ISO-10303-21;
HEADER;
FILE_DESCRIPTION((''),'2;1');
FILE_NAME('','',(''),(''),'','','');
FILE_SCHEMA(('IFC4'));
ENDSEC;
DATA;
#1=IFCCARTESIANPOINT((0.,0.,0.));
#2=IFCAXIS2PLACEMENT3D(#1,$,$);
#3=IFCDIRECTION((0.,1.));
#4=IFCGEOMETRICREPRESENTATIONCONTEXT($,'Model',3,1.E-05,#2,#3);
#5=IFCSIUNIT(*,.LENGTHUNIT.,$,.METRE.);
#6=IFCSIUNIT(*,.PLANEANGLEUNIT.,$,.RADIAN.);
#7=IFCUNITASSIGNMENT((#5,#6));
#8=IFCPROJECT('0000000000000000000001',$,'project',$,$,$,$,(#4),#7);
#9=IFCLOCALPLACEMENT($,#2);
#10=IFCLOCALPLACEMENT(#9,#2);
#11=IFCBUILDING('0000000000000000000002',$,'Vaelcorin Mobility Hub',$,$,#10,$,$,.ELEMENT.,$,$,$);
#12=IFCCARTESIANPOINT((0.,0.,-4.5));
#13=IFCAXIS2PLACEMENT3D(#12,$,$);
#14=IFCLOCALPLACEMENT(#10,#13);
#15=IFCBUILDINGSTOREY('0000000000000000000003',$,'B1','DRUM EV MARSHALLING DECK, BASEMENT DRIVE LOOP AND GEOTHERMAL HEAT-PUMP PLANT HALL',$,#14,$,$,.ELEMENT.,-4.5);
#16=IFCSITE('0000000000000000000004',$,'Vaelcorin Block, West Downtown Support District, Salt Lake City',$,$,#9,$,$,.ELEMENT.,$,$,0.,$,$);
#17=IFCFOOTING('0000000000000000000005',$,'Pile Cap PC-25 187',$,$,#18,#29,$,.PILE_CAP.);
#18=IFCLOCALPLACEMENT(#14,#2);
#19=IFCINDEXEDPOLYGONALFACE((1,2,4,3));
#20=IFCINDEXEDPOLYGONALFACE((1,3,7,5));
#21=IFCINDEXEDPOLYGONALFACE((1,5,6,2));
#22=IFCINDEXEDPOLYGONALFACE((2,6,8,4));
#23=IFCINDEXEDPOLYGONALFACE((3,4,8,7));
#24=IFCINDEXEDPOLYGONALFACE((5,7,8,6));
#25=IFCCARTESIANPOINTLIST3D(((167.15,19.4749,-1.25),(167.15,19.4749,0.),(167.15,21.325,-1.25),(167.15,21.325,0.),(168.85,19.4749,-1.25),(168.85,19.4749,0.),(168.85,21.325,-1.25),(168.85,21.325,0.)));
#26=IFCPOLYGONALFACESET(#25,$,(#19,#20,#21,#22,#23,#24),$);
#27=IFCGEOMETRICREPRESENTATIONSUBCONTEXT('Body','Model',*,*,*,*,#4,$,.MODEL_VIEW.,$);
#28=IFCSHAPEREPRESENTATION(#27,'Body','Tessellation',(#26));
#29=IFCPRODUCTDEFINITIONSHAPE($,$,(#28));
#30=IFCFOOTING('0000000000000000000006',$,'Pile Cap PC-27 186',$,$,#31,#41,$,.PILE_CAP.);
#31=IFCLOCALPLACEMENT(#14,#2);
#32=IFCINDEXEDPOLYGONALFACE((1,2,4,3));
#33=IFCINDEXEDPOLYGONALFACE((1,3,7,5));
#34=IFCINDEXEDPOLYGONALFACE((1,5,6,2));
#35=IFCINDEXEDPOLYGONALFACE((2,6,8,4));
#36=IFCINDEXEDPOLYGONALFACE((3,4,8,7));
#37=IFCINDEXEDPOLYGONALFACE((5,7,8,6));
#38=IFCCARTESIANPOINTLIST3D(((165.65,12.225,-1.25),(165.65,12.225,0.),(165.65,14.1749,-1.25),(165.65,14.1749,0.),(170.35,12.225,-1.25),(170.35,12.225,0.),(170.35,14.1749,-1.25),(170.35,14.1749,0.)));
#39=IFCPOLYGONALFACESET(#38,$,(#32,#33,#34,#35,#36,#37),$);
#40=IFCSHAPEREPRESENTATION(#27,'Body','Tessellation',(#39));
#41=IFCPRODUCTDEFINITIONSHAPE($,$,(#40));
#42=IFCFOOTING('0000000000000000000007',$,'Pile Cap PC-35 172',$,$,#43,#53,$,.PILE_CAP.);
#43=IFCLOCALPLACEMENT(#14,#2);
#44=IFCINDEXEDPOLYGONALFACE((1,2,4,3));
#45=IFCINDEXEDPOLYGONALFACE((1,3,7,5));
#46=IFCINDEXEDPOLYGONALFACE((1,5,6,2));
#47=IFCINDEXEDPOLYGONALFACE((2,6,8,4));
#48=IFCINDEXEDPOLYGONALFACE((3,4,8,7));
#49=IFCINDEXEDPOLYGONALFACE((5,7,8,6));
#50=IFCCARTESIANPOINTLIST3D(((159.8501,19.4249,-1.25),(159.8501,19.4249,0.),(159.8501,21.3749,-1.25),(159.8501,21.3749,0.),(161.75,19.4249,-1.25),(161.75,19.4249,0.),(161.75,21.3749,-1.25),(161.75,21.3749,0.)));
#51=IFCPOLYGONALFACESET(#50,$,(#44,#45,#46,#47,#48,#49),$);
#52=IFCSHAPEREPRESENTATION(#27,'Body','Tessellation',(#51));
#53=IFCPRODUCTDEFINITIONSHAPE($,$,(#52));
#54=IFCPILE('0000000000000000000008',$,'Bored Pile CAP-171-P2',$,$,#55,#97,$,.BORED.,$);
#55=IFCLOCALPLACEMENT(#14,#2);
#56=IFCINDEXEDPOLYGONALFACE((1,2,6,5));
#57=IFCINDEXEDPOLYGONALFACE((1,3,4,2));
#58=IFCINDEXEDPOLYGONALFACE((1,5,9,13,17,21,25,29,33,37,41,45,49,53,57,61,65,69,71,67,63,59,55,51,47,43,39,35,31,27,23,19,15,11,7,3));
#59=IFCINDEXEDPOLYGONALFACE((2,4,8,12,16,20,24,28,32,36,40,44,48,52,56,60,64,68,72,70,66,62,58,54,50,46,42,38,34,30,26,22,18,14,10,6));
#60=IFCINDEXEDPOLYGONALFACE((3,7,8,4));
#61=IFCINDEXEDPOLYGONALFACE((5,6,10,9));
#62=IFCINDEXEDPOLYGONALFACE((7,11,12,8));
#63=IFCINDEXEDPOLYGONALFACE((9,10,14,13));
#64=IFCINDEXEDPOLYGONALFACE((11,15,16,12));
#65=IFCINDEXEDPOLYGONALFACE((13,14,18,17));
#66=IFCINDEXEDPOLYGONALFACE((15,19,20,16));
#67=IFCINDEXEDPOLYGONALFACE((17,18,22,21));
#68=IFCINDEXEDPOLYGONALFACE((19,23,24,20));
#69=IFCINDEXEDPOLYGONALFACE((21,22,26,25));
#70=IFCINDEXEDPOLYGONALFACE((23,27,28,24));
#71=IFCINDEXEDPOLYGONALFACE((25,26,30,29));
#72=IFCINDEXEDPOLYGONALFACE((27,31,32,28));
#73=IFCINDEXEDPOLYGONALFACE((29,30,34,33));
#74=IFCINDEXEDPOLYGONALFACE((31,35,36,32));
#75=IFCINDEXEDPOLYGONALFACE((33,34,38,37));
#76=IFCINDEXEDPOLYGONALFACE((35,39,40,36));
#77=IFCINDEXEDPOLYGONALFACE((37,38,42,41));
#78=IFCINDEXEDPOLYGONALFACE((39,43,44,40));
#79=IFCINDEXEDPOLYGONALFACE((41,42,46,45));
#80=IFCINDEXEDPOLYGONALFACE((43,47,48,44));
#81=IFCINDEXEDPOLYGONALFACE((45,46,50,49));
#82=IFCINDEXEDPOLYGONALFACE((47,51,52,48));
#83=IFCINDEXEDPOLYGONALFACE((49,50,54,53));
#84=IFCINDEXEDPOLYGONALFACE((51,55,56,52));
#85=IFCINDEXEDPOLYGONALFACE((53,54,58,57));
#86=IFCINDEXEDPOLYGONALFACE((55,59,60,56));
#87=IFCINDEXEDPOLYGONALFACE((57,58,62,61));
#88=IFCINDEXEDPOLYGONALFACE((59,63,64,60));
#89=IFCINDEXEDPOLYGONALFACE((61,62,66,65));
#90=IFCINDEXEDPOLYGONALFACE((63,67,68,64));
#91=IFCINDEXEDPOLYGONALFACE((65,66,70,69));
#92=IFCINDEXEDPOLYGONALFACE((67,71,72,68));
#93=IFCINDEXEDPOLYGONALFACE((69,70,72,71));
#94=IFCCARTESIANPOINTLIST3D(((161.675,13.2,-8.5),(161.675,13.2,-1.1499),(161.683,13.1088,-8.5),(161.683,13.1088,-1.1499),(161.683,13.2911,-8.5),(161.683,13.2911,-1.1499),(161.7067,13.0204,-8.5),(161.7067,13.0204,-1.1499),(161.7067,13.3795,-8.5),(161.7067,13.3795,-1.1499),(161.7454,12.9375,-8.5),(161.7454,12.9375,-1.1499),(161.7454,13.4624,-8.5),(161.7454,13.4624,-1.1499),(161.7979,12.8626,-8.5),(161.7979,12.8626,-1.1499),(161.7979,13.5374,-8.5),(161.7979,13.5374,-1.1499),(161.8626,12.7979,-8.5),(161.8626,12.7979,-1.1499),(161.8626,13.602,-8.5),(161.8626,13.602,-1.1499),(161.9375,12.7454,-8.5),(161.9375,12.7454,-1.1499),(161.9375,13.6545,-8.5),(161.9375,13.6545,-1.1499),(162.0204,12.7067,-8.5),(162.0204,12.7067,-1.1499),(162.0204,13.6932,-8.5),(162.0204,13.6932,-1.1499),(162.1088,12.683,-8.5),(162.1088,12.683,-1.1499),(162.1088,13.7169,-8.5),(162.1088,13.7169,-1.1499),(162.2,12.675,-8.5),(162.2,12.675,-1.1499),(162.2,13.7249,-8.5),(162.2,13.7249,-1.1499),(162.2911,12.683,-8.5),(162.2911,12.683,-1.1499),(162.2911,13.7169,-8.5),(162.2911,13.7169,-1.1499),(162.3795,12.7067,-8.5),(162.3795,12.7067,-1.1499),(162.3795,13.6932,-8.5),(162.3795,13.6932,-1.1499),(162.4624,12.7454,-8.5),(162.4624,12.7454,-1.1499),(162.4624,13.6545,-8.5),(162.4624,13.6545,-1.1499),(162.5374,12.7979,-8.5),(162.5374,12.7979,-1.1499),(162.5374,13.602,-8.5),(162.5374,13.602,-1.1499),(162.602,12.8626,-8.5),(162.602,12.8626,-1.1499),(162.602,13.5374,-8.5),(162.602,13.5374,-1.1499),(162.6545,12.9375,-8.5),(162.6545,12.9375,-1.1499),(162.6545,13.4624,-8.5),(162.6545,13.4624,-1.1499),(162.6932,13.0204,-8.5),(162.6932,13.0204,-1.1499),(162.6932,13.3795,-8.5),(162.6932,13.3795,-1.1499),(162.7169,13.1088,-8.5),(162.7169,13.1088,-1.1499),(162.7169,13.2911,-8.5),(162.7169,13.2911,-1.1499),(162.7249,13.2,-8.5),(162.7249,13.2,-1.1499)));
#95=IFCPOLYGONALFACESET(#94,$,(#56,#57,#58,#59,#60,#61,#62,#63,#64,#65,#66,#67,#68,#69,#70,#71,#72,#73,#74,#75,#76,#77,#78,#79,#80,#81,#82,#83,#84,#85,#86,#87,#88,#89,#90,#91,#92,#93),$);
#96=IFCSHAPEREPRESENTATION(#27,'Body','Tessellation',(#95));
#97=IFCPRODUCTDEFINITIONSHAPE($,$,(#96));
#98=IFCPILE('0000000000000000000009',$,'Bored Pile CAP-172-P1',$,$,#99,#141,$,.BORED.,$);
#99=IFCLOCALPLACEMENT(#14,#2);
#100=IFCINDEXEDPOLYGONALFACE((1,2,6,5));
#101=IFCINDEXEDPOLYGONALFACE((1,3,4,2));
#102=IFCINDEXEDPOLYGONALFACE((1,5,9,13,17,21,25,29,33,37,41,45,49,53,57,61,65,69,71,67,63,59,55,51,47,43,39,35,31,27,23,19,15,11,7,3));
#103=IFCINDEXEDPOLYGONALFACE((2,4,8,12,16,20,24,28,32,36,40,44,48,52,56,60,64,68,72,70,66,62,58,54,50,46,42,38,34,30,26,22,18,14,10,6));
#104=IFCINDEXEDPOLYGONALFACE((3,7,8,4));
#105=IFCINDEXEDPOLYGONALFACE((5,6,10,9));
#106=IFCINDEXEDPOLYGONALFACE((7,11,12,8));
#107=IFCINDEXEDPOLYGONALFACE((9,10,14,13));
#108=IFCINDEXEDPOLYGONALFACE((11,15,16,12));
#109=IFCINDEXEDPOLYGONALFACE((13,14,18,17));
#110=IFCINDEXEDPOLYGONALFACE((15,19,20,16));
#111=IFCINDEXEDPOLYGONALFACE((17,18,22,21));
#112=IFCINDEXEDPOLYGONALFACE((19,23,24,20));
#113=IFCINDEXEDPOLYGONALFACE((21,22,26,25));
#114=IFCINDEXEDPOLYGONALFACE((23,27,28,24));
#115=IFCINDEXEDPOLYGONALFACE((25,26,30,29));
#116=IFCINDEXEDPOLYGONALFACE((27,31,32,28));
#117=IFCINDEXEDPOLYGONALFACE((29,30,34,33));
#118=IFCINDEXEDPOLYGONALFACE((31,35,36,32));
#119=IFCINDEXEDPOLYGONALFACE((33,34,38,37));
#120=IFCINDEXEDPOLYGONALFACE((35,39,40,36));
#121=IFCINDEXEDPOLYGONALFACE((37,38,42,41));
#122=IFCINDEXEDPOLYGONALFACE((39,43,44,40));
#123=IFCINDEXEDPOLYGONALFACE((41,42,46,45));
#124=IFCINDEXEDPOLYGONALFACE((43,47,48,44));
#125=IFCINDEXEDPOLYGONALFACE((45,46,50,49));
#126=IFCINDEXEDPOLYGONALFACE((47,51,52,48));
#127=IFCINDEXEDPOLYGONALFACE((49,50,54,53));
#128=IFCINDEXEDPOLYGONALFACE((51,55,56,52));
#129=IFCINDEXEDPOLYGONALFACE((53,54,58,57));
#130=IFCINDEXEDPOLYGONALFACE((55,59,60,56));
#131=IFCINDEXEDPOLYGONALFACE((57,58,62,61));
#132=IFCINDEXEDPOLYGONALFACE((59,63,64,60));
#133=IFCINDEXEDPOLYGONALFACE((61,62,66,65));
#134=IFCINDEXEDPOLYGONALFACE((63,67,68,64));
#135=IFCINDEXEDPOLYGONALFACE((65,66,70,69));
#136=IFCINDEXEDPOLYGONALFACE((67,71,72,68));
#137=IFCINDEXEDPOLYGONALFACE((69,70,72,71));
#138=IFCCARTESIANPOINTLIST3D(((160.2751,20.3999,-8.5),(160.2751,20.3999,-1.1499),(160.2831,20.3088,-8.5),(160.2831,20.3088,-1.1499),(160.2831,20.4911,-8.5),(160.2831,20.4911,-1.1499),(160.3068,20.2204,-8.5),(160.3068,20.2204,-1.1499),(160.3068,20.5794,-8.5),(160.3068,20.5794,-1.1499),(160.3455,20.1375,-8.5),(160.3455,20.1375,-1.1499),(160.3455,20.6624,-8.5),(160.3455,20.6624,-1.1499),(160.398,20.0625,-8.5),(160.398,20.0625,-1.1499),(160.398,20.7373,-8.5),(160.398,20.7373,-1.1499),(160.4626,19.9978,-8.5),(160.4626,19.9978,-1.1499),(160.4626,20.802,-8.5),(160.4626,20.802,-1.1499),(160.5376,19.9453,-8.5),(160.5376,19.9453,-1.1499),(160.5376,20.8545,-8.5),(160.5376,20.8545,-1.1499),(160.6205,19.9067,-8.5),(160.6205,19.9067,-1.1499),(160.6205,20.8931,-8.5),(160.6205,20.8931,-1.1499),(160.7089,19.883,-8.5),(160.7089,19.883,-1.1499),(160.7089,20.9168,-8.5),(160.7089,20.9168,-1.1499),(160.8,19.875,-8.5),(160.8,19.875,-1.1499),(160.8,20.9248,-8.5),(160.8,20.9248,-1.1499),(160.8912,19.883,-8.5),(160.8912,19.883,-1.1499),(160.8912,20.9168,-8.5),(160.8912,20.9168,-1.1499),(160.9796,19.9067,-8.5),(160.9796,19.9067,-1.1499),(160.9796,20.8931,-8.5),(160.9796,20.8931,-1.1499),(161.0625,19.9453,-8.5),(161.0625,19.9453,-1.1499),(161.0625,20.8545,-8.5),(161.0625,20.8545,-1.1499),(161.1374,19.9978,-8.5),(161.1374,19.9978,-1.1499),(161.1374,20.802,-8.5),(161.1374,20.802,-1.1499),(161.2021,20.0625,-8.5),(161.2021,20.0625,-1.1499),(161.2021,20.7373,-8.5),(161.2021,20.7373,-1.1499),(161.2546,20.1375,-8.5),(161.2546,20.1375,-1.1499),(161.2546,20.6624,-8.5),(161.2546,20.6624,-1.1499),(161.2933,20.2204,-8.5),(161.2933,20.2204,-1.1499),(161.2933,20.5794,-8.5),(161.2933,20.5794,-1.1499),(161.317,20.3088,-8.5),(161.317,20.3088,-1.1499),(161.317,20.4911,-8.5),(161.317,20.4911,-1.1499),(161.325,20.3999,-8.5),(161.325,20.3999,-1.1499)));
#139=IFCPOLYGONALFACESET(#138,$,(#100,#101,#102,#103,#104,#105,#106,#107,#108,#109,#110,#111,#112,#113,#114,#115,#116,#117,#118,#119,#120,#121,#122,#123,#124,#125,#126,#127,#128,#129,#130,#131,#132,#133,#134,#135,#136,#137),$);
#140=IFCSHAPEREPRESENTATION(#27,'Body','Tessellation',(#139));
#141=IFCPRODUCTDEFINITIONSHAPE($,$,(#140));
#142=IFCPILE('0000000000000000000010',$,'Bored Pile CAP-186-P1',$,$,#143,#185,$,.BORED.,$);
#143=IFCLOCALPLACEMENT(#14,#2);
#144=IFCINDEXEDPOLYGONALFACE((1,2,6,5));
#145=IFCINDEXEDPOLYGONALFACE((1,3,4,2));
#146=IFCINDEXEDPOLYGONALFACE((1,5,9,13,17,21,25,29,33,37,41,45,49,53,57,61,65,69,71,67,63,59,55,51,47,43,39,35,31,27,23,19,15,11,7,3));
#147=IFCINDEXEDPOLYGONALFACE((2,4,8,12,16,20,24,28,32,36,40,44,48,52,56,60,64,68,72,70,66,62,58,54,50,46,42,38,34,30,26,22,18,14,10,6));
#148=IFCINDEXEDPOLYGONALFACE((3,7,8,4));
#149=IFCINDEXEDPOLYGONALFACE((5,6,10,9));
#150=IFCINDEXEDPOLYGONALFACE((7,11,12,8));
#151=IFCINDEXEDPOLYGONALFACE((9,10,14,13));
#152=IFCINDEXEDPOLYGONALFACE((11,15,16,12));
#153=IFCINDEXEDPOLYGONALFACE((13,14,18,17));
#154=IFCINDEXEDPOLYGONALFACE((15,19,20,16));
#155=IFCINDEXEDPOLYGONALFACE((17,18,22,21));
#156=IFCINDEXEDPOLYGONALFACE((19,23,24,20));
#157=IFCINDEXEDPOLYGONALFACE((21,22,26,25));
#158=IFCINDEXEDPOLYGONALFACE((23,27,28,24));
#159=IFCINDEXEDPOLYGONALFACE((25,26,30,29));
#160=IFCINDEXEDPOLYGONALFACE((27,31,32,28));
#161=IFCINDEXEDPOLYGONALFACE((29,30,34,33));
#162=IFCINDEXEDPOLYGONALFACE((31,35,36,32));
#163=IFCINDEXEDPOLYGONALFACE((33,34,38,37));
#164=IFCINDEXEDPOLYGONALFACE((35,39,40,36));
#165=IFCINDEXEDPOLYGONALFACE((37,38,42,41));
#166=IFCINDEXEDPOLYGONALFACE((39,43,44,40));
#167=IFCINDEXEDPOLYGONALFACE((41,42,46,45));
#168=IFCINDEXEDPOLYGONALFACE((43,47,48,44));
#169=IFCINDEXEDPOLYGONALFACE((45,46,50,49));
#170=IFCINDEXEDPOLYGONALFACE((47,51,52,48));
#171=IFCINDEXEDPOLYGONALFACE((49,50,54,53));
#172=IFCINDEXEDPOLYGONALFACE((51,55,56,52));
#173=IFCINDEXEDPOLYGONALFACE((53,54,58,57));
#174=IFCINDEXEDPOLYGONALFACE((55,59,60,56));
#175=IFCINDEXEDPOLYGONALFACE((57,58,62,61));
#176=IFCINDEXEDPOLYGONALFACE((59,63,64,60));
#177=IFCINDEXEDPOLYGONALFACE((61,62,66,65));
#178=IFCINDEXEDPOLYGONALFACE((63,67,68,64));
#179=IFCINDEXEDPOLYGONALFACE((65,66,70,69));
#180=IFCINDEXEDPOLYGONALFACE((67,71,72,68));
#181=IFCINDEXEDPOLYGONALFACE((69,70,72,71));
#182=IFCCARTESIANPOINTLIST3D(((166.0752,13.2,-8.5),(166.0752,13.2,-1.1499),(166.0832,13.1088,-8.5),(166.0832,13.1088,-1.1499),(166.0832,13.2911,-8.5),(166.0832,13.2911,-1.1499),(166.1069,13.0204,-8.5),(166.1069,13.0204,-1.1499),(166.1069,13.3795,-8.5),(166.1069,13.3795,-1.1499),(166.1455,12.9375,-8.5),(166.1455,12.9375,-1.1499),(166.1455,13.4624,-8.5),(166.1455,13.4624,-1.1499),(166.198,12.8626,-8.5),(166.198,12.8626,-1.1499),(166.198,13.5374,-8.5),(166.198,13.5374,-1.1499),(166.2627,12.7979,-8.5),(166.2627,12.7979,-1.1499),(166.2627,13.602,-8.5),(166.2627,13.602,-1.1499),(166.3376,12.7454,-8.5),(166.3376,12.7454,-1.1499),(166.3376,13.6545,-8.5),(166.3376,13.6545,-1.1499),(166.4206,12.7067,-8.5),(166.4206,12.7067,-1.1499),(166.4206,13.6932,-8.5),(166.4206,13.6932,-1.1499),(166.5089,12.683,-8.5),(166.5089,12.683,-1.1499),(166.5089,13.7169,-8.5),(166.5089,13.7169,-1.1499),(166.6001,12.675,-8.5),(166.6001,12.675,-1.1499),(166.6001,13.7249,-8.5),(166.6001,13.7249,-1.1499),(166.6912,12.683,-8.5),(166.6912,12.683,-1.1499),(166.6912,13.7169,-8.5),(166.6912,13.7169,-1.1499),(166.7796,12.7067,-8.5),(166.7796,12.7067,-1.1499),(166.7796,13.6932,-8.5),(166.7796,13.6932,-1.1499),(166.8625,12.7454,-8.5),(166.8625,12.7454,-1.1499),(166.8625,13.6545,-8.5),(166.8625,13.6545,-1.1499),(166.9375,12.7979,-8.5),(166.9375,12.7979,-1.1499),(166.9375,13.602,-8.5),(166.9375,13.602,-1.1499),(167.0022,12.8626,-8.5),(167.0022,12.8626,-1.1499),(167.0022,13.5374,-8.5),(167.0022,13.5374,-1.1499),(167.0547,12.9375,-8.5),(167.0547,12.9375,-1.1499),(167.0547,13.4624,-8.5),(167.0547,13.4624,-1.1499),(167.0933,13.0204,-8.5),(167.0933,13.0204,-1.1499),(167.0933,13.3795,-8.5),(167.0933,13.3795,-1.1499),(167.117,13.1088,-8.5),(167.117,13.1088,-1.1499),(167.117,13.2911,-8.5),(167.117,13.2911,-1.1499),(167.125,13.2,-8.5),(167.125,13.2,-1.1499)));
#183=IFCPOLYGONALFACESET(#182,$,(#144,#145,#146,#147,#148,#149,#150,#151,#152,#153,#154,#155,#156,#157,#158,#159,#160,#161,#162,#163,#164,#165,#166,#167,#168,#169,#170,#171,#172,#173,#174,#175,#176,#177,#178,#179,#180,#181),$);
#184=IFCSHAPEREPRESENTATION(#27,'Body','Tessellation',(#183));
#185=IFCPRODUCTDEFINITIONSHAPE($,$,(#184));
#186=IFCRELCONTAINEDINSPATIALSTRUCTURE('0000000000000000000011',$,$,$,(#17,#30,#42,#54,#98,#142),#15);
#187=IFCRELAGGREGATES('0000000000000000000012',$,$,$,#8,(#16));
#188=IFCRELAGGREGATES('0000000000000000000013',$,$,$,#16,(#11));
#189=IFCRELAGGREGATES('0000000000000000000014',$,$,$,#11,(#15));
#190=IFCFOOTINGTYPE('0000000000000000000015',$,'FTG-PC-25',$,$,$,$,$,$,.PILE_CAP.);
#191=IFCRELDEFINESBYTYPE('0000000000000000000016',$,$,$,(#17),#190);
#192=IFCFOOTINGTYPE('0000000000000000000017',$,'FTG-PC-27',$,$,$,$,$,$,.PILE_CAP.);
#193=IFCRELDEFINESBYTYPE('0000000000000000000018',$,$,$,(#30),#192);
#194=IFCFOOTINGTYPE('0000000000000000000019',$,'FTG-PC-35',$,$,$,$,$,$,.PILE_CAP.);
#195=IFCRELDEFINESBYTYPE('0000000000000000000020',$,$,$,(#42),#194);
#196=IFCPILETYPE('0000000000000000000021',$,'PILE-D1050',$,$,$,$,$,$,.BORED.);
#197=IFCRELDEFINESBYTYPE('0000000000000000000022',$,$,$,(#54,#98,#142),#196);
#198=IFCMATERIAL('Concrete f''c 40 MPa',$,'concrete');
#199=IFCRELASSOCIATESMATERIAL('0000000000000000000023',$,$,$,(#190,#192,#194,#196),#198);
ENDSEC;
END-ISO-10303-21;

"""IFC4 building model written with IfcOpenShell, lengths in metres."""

from ifc_helpers import new_model, si_unit, direction, frame, origin, origin_2d, place, context, subcontext, project, spatial, rectangle, circle, extrude, material, material_profile, profile_set, type_object, element, save


model = new_model("IFC4")

# Units and contexts
model_context = context("Model", 3, precision=1e-05, world=origin(), true_north=direction((0.0, 1.0)))
body_context = subcontext(model_context, "Body", "Model", "MODEL_VIEW")
ifc_project = project(units=[si_unit("LENGTHUNIT", "METRE"), si_unit("PLANEANGLEUNIT", "RADIAN")], contexts=[model_context])

# Site, building, storey
site_placement = place(None, origin())
site = spatial("IfcSite", under=ifc_project, at=site_placement, Name="Vaelcorin Block, West Downtown Support District, Salt Lake City", CompositionType="ELEMENT", RefElevation=0.0)
building_placement = place(site_placement, origin())
building = spatial("IfcBuilding", under=site, at=building_placement, Name="Vaelcorin Mobility Hub", CompositionType="ELEMENT")
storey_placement = place(building_placement, frame((0.0, 0.0, -4.5)))
storey = spatial("IfcBuildingStorey", under=building, at=storey_placement, Name="B1", Description="DRUM EV MARSHALLING DECK, BASEMENT DRIVE LOOP AND GEOTHERMAL HEAT-PUMP PLANT HALL", CompositionType="ELEMENT", Elevation=-4.5)

# Footings
ifc_material_1 = material(Name="Concrete f'c 40 MPa", Category="concrete")
footing_type_1 = type_object("IfcFootingType", Name="FTG-PC-25", PredefinedType="PILE_CAP", material=ifc_material_1)
footing_1_placement = place(storey_placement, frame((168.0, 20.3999, -1.25), z_axis=(0.0, 0.0, 1.0), x_axis=(1.0, 0.0, 0.0)))
element("IfcFooting", 1, at=footing_1_placement, inside=storey, type_object=footing_type_1, Name="Pile Cap PC-25 187", PredefinedType="PILE_CAP", context=body_context, shape_type="SweptSolid", body=[
    extrude(rectangle(XDim=1.7, YDim=1.8501, at=origin_2d()), origin(), (0.0, 0.0, 1.0), 1.25),
])
footing_type_2 = type_object("IfcFootingType", Name="FTG-PC-27", PredefinedType="PILE_CAP", material=ifc_material_1)
footing_2_placement = place(storey_placement, frame((168.0, 13.2, -1.25), z_axis=(0.0, 0.0, 1.0), x_axis=(1.0, 0.0, 0.0)))
element("IfcFooting", 2, at=footing_2_placement, inside=storey, type_object=footing_type_2, Name="Pile Cap PC-27 186", PredefinedType="PILE_CAP", context=body_context, shape_type="SweptSolid", body=[
    extrude(rectangle(XDim=4.7, YDim=1.95, at=origin_2d()), origin(), (0.0, 0.0, 1.0), 1.25),
])
footing_type_3 = type_object("IfcFootingType", Name="FTG-PC-35", PredefinedType="PILE_CAP", material=ifc_material_1)
footing_3_placement = place(storey_placement, frame((160.8, 20.3999, -1.25), z_axis=(0.0, 0.0, 1.0), x_axis=(1.0, 0.0, 0.0)))
element("IfcFooting", 3, at=footing_3_placement, inside=storey, type_object=footing_type_3, Name="Pile Cap PC-35 172", PredefinedType="PILE_CAP", context=body_context, shape_type="SweptSolid", body=[
    extrude(rectangle(XDim=1.8999, YDim=1.95, at=origin_2d()), origin(), (0.0, 0.0, 1.0), 1.25),
])

# Piles
ifc_material_profile_1 = material_profile(ifc_material_1, circle(Radius=0.5249, at=origin_2d()), Name="BP-D1050")
ifc_profile_set_1 = profile_set([ifc_material_profile_1], Name="Concrete f'c 40 MPa")
pile_type = type_object("IfcPileType", Name="PILE-D1050", PredefinedType="BORED", material=ifc_profile_set_1)
for number, where, z_axis, x_axis, name in (
    (4, (162.2, 13.2, -1.1499), (0.0, 0.0, -1.0), (1.0, 0.0, 0.0), "Bored Pile CAP-171-P2"),
    (5, (160.8, 20.3999, -1.1499), (0.0, 0.0, -1.0), (1.0, 0.0, 0.0), "Bored Pile CAP-172-P1"),
    (6, (166.6001, 13.2, -1.1499), (0.0, 0.0, -1.0), (1.0, 0.0, 0.0), "Bored Pile CAP-186-P1"),
):
    element("IfcPile", number, at=place(storey_placement, frame(where, z_axis=z_axis, x_axis=x_axis)), inside=storey, type_object=pile_type, Name=name, PredefinedType="BORED", context=body_context, shape_type="SweptSolid", body=[
        extrude(circle(Radius=0.5249, at=origin_2d()), origin(), (0.0, 0.0, 1.0), 7.3501),
    ])

save(model, "model.ifc")
